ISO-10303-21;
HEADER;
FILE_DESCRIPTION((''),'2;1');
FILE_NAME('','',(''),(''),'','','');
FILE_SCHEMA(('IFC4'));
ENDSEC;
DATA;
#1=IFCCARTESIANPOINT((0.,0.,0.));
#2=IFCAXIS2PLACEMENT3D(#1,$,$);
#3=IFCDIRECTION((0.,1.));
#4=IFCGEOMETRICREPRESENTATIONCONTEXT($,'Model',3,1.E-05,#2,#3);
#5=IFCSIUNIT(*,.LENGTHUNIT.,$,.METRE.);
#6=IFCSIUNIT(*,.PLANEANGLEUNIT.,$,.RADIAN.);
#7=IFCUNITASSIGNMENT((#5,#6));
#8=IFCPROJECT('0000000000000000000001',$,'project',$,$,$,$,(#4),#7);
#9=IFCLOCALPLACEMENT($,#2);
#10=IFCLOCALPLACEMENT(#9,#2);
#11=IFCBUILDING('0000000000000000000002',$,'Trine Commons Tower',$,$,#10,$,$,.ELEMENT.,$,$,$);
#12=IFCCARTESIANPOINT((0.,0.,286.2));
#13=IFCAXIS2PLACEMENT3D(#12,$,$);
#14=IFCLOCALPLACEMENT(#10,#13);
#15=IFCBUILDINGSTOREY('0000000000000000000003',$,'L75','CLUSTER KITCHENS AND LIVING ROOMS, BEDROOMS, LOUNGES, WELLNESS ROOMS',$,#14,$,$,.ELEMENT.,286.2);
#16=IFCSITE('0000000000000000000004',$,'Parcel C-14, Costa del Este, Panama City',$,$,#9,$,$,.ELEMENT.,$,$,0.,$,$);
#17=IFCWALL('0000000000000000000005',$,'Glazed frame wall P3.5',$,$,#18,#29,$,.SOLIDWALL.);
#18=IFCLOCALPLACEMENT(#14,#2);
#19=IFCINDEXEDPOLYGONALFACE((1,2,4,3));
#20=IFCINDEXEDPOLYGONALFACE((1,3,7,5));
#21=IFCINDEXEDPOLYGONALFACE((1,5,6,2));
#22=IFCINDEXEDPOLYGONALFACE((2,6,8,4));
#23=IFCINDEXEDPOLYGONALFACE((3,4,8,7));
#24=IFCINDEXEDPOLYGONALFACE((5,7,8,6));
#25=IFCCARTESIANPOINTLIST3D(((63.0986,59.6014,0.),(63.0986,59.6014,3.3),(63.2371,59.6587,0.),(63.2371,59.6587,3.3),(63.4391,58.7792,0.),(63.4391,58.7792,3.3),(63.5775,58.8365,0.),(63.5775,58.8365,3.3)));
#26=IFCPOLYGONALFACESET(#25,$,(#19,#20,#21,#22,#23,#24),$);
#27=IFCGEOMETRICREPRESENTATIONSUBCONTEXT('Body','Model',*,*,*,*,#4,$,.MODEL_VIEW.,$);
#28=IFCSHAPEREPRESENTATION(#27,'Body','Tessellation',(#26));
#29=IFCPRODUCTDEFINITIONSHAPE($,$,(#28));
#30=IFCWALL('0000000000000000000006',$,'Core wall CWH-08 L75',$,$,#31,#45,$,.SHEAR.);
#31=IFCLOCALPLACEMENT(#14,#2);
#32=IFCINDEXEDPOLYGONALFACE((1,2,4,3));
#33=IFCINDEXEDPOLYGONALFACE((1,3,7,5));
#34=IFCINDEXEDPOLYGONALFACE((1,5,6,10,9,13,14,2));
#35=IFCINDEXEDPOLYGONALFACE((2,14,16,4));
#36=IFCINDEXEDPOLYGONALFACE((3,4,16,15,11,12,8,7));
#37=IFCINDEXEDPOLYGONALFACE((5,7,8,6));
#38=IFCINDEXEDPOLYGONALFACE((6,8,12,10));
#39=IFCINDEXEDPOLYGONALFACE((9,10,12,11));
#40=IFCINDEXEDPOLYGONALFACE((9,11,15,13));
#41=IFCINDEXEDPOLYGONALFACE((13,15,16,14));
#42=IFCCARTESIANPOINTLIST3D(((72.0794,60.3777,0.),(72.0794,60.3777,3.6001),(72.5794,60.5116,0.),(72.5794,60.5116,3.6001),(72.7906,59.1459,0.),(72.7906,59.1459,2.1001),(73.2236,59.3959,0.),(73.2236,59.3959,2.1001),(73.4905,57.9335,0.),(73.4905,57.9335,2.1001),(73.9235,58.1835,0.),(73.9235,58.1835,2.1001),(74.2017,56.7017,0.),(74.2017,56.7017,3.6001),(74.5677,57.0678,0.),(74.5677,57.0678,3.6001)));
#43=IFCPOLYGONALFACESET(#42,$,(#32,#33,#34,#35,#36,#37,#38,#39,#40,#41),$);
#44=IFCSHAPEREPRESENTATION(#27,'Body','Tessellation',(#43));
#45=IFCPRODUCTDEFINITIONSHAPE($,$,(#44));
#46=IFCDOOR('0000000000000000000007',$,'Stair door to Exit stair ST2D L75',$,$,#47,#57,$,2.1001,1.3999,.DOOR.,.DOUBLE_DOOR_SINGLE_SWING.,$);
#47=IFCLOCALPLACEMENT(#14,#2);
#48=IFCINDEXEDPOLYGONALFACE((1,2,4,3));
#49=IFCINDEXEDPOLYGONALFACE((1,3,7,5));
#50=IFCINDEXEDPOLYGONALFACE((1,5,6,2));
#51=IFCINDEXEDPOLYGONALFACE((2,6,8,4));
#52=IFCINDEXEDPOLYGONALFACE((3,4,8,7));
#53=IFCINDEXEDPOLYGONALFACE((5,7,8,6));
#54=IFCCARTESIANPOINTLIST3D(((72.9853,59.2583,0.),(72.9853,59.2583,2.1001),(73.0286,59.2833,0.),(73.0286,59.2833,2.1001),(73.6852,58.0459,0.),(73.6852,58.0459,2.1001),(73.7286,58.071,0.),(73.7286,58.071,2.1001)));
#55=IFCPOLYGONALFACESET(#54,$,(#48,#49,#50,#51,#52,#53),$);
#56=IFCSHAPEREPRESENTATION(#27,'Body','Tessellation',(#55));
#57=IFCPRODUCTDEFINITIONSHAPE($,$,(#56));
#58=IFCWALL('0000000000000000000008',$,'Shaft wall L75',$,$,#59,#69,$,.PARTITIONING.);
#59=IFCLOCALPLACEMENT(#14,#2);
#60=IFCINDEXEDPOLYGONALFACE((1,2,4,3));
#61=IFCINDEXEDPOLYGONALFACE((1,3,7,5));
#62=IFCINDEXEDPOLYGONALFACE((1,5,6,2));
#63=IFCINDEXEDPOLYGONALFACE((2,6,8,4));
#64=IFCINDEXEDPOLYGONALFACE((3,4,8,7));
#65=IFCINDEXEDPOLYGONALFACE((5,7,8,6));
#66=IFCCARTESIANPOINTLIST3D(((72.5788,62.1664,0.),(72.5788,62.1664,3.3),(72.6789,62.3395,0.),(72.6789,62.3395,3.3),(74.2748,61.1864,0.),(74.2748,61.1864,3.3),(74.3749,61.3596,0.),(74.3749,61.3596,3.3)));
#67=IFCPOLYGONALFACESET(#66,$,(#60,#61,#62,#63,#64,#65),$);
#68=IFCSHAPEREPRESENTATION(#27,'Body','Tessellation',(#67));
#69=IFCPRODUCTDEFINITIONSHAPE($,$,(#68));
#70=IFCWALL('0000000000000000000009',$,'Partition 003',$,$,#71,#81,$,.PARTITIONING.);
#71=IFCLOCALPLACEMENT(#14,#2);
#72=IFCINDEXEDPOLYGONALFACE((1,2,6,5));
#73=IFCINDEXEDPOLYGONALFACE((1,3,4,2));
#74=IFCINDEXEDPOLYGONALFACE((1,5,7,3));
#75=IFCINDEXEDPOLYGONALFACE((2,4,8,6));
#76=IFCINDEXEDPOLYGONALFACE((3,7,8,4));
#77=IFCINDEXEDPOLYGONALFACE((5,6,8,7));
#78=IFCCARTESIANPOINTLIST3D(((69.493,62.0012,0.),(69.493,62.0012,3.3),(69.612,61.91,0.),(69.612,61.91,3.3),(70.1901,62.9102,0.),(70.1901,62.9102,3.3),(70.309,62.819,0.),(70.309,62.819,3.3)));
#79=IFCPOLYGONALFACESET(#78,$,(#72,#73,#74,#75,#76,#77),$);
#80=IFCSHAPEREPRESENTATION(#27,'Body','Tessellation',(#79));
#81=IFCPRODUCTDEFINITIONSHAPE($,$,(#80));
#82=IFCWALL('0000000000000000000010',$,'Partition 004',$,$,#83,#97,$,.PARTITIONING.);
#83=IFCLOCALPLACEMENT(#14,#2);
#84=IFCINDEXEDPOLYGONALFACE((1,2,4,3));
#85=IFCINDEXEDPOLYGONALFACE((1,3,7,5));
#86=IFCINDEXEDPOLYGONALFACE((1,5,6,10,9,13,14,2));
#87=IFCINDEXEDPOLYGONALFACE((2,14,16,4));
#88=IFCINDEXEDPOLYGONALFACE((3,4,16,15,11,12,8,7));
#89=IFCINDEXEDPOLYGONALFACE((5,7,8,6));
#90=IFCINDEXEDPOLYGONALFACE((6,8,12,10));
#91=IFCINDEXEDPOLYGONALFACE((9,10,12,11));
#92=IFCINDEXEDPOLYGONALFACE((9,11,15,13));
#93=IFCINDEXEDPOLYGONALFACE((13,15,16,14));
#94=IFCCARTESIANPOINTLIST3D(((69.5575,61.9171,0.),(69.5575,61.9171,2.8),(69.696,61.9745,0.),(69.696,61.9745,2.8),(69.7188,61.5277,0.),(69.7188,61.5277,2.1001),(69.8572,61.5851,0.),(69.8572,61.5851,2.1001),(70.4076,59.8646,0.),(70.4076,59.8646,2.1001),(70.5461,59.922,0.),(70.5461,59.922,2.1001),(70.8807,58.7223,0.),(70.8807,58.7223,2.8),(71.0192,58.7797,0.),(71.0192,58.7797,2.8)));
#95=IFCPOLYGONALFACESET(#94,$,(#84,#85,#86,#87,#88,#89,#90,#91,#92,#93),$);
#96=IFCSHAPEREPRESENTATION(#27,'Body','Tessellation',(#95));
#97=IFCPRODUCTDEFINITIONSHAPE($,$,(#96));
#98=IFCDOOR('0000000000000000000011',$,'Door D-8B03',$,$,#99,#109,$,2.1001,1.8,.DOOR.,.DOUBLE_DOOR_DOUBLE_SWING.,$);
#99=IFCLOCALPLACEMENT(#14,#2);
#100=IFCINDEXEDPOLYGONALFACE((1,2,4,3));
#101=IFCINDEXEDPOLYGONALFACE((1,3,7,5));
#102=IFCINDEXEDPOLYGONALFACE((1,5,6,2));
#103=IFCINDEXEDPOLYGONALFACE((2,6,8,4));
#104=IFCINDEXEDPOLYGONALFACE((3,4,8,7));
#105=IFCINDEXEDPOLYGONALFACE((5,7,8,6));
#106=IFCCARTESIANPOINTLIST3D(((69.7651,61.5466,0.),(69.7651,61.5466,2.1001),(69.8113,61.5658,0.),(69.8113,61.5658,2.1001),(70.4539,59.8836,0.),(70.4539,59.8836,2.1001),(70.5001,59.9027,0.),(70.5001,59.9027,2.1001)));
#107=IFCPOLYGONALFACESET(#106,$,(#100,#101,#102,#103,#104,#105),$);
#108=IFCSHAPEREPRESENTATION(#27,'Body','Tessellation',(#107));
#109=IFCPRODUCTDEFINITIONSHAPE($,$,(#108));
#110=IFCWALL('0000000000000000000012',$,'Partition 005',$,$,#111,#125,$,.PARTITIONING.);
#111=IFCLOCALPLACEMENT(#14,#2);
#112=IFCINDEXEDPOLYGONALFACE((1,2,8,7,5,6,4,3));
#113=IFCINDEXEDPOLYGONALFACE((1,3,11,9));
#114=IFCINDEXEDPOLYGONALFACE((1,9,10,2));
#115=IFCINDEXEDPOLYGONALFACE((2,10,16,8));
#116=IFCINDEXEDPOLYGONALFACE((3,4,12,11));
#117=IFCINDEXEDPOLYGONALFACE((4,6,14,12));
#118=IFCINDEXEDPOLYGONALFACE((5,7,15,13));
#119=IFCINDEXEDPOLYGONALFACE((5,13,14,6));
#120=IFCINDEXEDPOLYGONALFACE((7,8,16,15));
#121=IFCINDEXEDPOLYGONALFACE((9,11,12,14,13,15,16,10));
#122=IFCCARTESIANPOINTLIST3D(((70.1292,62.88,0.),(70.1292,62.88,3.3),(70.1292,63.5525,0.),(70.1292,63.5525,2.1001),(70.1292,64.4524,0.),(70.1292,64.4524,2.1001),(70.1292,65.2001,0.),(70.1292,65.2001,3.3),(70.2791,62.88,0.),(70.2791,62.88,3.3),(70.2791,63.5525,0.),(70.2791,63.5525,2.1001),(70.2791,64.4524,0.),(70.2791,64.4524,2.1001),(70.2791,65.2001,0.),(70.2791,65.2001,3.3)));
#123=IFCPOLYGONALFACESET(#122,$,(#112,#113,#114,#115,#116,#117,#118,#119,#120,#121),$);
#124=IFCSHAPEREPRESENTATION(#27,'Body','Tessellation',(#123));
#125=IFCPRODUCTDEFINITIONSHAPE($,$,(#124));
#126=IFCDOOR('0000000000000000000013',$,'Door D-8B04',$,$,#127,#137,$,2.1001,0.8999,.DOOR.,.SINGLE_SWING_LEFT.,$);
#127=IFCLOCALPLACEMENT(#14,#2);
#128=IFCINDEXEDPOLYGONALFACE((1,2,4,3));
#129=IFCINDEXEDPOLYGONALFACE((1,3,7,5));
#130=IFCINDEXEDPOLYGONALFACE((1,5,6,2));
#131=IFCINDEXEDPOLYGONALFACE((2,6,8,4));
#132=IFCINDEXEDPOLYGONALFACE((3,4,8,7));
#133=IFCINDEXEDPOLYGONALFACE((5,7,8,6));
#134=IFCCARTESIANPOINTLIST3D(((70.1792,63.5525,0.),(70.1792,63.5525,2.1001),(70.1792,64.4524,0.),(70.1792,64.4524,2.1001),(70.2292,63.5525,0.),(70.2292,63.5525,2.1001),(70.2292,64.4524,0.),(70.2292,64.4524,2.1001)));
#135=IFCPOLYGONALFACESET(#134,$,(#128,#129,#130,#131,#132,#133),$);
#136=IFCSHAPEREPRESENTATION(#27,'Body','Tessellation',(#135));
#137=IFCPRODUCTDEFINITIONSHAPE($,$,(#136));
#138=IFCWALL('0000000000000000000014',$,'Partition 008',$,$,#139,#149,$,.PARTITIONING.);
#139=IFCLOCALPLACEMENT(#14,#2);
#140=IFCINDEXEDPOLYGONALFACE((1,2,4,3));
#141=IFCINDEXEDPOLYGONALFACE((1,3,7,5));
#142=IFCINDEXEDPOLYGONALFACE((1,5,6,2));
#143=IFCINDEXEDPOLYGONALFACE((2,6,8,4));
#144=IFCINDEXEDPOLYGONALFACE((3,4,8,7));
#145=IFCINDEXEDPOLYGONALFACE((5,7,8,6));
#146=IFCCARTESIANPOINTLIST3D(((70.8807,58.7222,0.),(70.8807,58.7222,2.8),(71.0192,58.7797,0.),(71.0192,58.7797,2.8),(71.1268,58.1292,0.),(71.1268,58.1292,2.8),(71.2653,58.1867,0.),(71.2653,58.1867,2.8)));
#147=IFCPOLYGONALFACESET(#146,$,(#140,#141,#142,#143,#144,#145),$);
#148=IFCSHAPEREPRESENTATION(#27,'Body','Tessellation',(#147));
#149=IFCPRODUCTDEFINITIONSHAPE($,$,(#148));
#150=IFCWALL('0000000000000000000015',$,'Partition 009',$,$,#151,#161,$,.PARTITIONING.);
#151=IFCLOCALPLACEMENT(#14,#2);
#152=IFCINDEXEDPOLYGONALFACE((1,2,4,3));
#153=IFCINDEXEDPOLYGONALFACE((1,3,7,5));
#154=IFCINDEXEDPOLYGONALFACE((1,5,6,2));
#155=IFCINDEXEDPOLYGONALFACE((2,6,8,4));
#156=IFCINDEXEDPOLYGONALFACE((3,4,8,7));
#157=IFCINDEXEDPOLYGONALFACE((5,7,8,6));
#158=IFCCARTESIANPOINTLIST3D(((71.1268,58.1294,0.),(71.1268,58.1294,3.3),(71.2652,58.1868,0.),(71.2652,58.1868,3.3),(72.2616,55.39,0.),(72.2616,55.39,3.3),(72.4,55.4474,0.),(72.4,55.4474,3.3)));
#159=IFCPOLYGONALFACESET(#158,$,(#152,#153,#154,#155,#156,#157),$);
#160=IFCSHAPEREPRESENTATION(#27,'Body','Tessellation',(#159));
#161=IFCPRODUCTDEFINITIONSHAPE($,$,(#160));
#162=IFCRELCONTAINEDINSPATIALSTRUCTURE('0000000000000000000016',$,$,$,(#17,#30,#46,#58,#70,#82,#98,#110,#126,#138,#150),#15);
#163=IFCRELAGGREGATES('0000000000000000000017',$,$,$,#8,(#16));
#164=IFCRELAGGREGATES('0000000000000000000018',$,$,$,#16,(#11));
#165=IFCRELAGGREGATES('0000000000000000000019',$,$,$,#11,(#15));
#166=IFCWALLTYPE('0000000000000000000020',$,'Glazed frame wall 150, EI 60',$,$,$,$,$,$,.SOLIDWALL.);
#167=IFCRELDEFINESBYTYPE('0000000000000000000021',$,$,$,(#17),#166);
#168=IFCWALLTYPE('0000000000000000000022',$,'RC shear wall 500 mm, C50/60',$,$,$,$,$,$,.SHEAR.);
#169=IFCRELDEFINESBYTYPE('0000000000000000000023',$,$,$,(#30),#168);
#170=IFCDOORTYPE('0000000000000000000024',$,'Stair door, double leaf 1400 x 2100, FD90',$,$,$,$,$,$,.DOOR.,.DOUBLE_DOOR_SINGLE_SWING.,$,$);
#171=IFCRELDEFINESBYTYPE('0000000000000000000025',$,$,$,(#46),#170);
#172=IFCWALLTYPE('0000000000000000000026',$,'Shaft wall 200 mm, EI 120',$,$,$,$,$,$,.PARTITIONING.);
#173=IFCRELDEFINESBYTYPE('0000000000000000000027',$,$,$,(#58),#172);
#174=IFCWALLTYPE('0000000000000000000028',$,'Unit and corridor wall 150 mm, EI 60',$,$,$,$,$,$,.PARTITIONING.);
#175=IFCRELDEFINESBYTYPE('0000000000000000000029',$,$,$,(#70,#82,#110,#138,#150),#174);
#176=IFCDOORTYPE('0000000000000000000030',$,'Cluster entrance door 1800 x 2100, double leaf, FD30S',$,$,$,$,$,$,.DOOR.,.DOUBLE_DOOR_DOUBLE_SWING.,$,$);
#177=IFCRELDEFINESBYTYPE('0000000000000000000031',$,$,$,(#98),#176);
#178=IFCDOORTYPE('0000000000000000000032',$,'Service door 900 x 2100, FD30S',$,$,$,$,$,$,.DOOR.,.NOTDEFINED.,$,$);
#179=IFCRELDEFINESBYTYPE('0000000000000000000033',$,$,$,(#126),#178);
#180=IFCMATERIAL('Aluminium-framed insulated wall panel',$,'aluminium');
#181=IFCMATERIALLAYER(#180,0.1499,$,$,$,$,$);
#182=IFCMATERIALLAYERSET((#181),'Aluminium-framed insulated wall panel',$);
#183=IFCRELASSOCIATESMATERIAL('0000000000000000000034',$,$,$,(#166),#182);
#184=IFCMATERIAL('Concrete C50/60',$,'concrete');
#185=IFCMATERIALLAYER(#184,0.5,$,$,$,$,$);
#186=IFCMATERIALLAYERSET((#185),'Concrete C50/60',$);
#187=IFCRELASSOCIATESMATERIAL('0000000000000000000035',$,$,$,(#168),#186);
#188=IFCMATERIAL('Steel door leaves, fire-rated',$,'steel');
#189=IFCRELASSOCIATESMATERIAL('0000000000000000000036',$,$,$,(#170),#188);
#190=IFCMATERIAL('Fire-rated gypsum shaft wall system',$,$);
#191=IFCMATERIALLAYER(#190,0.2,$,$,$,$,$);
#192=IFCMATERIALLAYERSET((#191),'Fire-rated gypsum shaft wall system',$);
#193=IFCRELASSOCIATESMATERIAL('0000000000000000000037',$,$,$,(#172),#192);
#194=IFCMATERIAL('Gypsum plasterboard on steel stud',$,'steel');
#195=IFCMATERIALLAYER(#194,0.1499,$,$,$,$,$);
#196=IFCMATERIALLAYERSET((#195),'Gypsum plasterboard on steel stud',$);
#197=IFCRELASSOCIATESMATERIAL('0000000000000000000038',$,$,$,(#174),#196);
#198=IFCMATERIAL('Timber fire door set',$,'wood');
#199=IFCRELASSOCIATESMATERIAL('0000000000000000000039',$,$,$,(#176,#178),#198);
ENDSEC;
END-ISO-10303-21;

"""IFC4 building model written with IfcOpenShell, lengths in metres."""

from ifc_helpers import new_model, si_unit, direction, frame, frame_2d, origin, place, context, subcontext, project, spatial, polyline, rectangle, outline, extrude, material, layer, layer_set, type_object, element, fill, save


model = new_model("IFC4")

# Units and contexts
model_context = context("Model", 3, precision=1e-05, world=origin(), true_north=direction((0.0, 1.0)))
body_context = subcontext(model_context, "Body", "Model", "MODEL_VIEW")
ifc_project = project(units=[si_unit("LENGTHUNIT", "METRE"), si_unit("PLANEANGLEUNIT", "RADIAN")], contexts=[model_context])

# Site, building, storey
site_placement = place(None, origin())
site = spatial("IfcSite", under=ifc_project, at=site_placement, Name="Parcel C-14, Costa del Este, Panama City", CompositionType="ELEMENT", RefElevation=0.0)
building_placement = place(site_placement, origin())
building = spatial("IfcBuilding", under=site, at=building_placement, Name="Trine Commons Tower", CompositionType="ELEMENT")
storey_placement = place(building_placement, frame((0.0, 0.0, 286.2)))
storey = spatial("IfcBuildingStorey", under=building, at=storey_placement, Name="L75", Description="CLUSTER KITCHENS AND LIVING ROOMS, BEDROOMS, LOUNGES, WELLNESS ROOMS", CompositionType="ELEMENT", Elevation=286.2)

# Shared definitions
ifc_material_1 = material(Name="Concrete C50/60", Category="concrete")

# Shared definitions
ifc_material_2 = material(Name="Aluminium-framed insulated wall panel", Category="aluminium")
ifc_layer_1 = layer(ifc_material_2, 0.1499)
ifc_layer_set_1 = layer_set([ifc_layer_1], Name="Aluminium-framed insulated wall panel")
wall_type_1 = type_object("IfcWallType", Name="Glazed frame wall 150, EI 60", PredefinedType="SOLIDWALL", material=ifc_layer_set_1)

# Wall
wall_1_placement = place(storey_placement, frame((63.5083, 58.8079, 0.0), z_axis=(0.0, 0.0, 1.0), x_axis=(-0.382603, 0.923913, 0.0)))
element("IfcWall", 1, at=wall_1_placement, inside=storey, type_object=wall_type_1, Name="Glazed frame wall P3.5", PredefinedType="SOLIDWALL", context=body_context, shape_type="SweptSolid", body=[
    extrude(outline(polyline([(0.8899, 0.075), (0.0, 0.075), (0.0, -0.075), (0.8899, -0.075), (0.8899, 0.075)])), origin(), (0.0, 0.0, 1.0), 3.3),
])

# Wall, opening, door
ifc_layer_2 = layer(ifc_material_1, 0.5)
ifc_layer_set_2 = layer_set([ifc_layer_2], Name="Concrete C50/60")
wall_type_2 = type_object("IfcWallType", Name="RC shear wall 500 mm, C50/60", PredefinedType="SHEAR", material=ifc_layer_set_2)
wall_2_placement = place(storey_placement, frame((72.2959, 60.5027, 0.0), z_axis=(0.0, 0.0, 1.0), x_axis=(0.499993, -0.866029, 0.0)))
wall_2 = element("IfcWall", 2, at=wall_2_placement, inside=storey, type_object=wall_type_2, Name="Core wall CWH-08 L75", PredefinedType="SHEAR", context=body_context, shape_type="SweptSolid", body=[
    extrude(outline(polyline([(0.0, -0.25), (4.2446, -0.25), (4.1106, 0.25), (0.134, 0.25), (0.0, -0.25)])), origin(), (0.0, 0.0, 1.0), 3.6001),
])
opening_1_placement = place(wall_2_placement, frame((1.4224, 0.0, 0.0)))
opening_1 = element("IfcOpeningElement", 3, at=opening_1_placement, cuts=wall_2, PredefinedType="OPENING", context=body_context, shape_type="SweptSolid", body=[
    extrude(rectangle(XDim=1.3999, YDim=2.1001, at=frame_2d((0.7, 1.05))), frame((0.0, 0.26, 0.0), z_axis=(0.0, -1.0, 0.0), x_axis=(1.0, 0.0, 0.0)), (0.0, 0.0, 1.0), 0.52),
])
ifc_material_3 = material(Name="Steel door leaves, fire-rated", Category="steel")
door_type_1 = type_object("IfcDoorType", Name="Stair door, double leaf 1400 x 2100, FD90", OperationType="DOUBLE_DOOR_SINGLE_SWING", PredefinedType="DOOR", material=ifc_material_3)
door_1_placement = place(opening_1_placement, origin())
door_1 = element("IfcDoor", 4, at=door_1_placement, inside=storey, type_object=door_type_1, Name="Stair door to Exit stair ST2D L75", OperationType="DOUBLE_DOOR_SINGLE_SWING", OverallHeight=2.1001, OverallWidth=1.3999, PredefinedType="DOOR", context=body_context, shape_type="SweptSolid", body=[
    extrude(rectangle(XDim=1.3999, YDim=2.1001, at=frame_2d((0.7, 1.05))), frame((0.0, 0.0249, 0.0), z_axis=(0.0, -1.0, 0.0), x_axis=(1.0, 0.0, 0.0)), (0.0, 0.0, 1.0), 0.05),
])
fill(opening_1, door_1)

# Walls
ifc_material_4 = material(Name="Fire-rated gypsum shaft wall system")
ifc_layer_3 = layer(ifc_material_4, 0.2)
ifc_layer_set_3 = layer_set([ifc_layer_3], Name="Fire-rated gypsum shaft wall system")
wall_type_3 = type_object("IfcWallType", Name="Shaft wall 200 mm, EI 120", PredefinedType="PARTITIONING", material=ifc_layer_set_3)
wall_3_placement = place(storey_placement, frame((74.325, 61.2729, 0.0), z_axis=(0.0, 0.0, 1.0), x_axis=(-0.865855, 0.500294, 0.0)))
element("IfcWall", 5, at=wall_3_placement, inside=storey, type_object=wall_type_3, Name="Shaft wall L75", PredefinedType="PARTITIONING", context=body_context, shape_type="SweptSolid", body=[
    extrude(rectangle(XDim=1.9587, YDim=0.2, at=frame_2d((0.9795, 0.0))), origin(), (0.0, 0.0, 1.0), 3.3),
])
ifc_material_5 = material(Name="Gypsum plasterboard on steel stud", Category="steel")
ifc_layer_4 = layer(ifc_material_5, 0.1499)
ifc_layer_set_4 = layer_set([ifc_layer_4], Name="Gypsum plasterboard on steel stud")
wall_type_4 = type_object("IfcWallType", Name="Unit and corridor wall 150 mm, EI 60", PredefinedType="PARTITIONING", material=ifc_layer_set_4)
wall_4_placement = place(storey_placement, frame((69.5525, 61.9556, 0.0), z_axis=(0.0, 0.0, 1.0), x_axis=(0.608526, 0.793534, 0.0)))
element("IfcWall", 6, at=wall_4_placement, inside=storey, type_object=wall_type_4, Name="Partition 003", PredefinedType="PARTITIONING", context=body_context, shape_type="SweptSolid", body=[
    extrude(rectangle(XDim=1.1455, YDim=0.1499, at=frame_2d((0.5728, 0.0))), origin(), (0.0, 0.0, 1.0), 3.3),
])

# Walls, openings, doors
wall_5_placement = place(storey_placement, frame((69.6267, 61.9458, 0.0), z_axis=(0.0, 0.0, 1.0), x_axis=(0.382659, -0.923889, 0.0)))
wall_5 = element("IfcWall", 7, at=wall_5_placement, inside=storey, type_object=wall_type_4, Name="Partition 004", PredefinedType="PARTITIONING", context=body_context, shape_type="SweptSolid", body=[
    extrude(rectangle(XDim=3.458, YDim=0.1499, at=frame_2d((1.729, 0.0))), origin(), (0.0, 0.0, 1.0), 2.8),
])
opening_2_placement = place(wall_5_placement, frame((0.4216, 0.0, 0.0)))
opening_2 = element("IfcOpeningElement", 8, at=opening_2_placement, cuts=wall_5, PredefinedType="OPENING", context=body_context, shape_type="SweptSolid", body=[
    extrude(rectangle(XDim=1.8, YDim=2.1001, at=frame_2d((0.8999, 1.05))), frame((0.0, 0.085, 0.0), z_axis=(0.0, -1.0, 0.0), x_axis=(1.0, 0.0, 0.0)), (0.0, 0.0, 1.0), 0.1699),
])
ifc_material_6 = material(Name="Timber fire door set", Category="wood")
door_type_2 = type_object("IfcDoorType", Name="Cluster entrance door 1800 x 2100, double leaf, FD30S", OperationType="DOUBLE_DOOR_DOUBLE_SWING", PredefinedType="DOOR", material=ifc_material_6)
door_2_placement = place(opening_2_placement, frame((1.8, 0.0, 0.0), z_axis=(0.0, 0.0, 1.0), x_axis=(-1.0, 0.0, 0.0)))
door_2 = element("IfcDoor", 9, at=door_2_placement, inside=storey, type_object=door_type_2, Name="Door D-8B03", OperationType="DOUBLE_DOOR_DOUBLE_SWING", OverallHeight=2.1001, OverallWidth=1.8, PredefinedType="DOOR", context=body_context, shape_type="SweptSolid", body=[
    extrude(rectangle(XDim=1.8, YDim=2.1001, at=frame_2d((0.8999, 1.05))), frame((0.0, 0.0249, 0.0), z_axis=(0.0, -1.0, 0.0), x_axis=(1.0, 0.0, 0.0)), (0.0, 0.0, 1.0), 0.05),
])
fill(opening_2, door_2)
wall_6_placement = place(storey_placement, frame((70.2041, 62.8799, 0.0), z_axis=(0.0, 0.0, 1.0), x_axis=(0.0, 1.0, 0.0)))
wall_6 = element("IfcWall", 10, at=wall_6_placement, inside=storey, type_object=wall_type_4, Name="Partition 005", PredefinedType="PARTITIONING", context=body_context, shape_type="SweptSolid", body=[
    extrude(rectangle(XDim=2.3201, YDim=0.1499, at=frame_2d((1.1602, 0.0))), origin(), (0.0, 0.0, 1.0), 3.3),
])
opening_3_placement = place(wall_6_placement, frame((0.6726, 0.0, 0.0)))
opening_3 = element("IfcOpeningElement", 11, at=opening_3_placement, cuts=wall_6, PredefinedType="OPENING", context=body_context, shape_type="SweptSolid", body=[
    extrude(rectangle(XDim=0.8999, YDim=2.1001, at=frame_2d((0.45, 1.05))), frame((0.0, 0.085, 0.0), z_axis=(0.0, -1.0, 0.0), x_axis=(1.0, 0.0, 0.0)), (0.0, 0.0, 1.0), 0.1699),
])
door_type_3 = type_object("IfcDoorType", Name="Service door 900 x 2100, FD30S", OperationType="NOTDEFINED", PredefinedType="DOOR", material=ifc_material_6)
door_3_placement = place(opening_3_placement, origin())
door_3 = element("IfcDoor", 12, at=door_3_placement, inside=storey, type_object=door_type_3, Name="Door D-8B04", OperationType="SINGLE_SWING_LEFT", OverallHeight=2.1001, OverallWidth=0.8999, PredefinedType="DOOR", context=body_context, shape_type="SweptSolid", body=[
    extrude(rectangle(XDim=0.8999, YDim=2.1001, at=frame_2d((0.45, 1.05))), frame((0.0, 0.0249, 0.0), z_axis=(0.0, -1.0, 0.0), x_axis=(1.0, 0.0, 0.0)), (0.0, 0.0, 1.0), 0.05),
])
fill(opening_3, door_3)

# Walls
wall_7_placement = place(storey_placement, frame((70.95, 58.751, 0.0), z_axis=(0.0, 0.0, 1.0), x_axis=(0.383292, -0.923627, 0.0)))
element("IfcWall", 13, at=wall_7_placement, inside=storey, type_object=wall_type_4, Name="Partition 008", PredefinedType="PARTITIONING", context=body_context, shape_type="SweptSolid", body=[
    extrude(rectangle(XDim=0.6421, YDim=0.1499, at=frame_2d((0.321, 0.0))), origin(), (0.0, 0.0, 1.0), 2.8),
])
wall_8_placement = place(storey_placement, frame((71.196, 58.158, 0.0), z_axis=(0.0, 0.0, 1.0), x_axis=(0.38272, -0.923864, 0.0)))
element("IfcWall", 14, at=wall_8_placement, inside=storey, type_object=wall_type_4, Name="Partition 009", PredefinedType="PARTITIONING", context=body_context, shape_type="SweptSolid", body=[
    extrude(rectangle(XDim=2.9651, YDim=0.1499, at=frame_2d((1.4824, 0.0))), origin(), (0.0, 0.0, 1.0), 3.3),
])

save(model, "model.ifc")
